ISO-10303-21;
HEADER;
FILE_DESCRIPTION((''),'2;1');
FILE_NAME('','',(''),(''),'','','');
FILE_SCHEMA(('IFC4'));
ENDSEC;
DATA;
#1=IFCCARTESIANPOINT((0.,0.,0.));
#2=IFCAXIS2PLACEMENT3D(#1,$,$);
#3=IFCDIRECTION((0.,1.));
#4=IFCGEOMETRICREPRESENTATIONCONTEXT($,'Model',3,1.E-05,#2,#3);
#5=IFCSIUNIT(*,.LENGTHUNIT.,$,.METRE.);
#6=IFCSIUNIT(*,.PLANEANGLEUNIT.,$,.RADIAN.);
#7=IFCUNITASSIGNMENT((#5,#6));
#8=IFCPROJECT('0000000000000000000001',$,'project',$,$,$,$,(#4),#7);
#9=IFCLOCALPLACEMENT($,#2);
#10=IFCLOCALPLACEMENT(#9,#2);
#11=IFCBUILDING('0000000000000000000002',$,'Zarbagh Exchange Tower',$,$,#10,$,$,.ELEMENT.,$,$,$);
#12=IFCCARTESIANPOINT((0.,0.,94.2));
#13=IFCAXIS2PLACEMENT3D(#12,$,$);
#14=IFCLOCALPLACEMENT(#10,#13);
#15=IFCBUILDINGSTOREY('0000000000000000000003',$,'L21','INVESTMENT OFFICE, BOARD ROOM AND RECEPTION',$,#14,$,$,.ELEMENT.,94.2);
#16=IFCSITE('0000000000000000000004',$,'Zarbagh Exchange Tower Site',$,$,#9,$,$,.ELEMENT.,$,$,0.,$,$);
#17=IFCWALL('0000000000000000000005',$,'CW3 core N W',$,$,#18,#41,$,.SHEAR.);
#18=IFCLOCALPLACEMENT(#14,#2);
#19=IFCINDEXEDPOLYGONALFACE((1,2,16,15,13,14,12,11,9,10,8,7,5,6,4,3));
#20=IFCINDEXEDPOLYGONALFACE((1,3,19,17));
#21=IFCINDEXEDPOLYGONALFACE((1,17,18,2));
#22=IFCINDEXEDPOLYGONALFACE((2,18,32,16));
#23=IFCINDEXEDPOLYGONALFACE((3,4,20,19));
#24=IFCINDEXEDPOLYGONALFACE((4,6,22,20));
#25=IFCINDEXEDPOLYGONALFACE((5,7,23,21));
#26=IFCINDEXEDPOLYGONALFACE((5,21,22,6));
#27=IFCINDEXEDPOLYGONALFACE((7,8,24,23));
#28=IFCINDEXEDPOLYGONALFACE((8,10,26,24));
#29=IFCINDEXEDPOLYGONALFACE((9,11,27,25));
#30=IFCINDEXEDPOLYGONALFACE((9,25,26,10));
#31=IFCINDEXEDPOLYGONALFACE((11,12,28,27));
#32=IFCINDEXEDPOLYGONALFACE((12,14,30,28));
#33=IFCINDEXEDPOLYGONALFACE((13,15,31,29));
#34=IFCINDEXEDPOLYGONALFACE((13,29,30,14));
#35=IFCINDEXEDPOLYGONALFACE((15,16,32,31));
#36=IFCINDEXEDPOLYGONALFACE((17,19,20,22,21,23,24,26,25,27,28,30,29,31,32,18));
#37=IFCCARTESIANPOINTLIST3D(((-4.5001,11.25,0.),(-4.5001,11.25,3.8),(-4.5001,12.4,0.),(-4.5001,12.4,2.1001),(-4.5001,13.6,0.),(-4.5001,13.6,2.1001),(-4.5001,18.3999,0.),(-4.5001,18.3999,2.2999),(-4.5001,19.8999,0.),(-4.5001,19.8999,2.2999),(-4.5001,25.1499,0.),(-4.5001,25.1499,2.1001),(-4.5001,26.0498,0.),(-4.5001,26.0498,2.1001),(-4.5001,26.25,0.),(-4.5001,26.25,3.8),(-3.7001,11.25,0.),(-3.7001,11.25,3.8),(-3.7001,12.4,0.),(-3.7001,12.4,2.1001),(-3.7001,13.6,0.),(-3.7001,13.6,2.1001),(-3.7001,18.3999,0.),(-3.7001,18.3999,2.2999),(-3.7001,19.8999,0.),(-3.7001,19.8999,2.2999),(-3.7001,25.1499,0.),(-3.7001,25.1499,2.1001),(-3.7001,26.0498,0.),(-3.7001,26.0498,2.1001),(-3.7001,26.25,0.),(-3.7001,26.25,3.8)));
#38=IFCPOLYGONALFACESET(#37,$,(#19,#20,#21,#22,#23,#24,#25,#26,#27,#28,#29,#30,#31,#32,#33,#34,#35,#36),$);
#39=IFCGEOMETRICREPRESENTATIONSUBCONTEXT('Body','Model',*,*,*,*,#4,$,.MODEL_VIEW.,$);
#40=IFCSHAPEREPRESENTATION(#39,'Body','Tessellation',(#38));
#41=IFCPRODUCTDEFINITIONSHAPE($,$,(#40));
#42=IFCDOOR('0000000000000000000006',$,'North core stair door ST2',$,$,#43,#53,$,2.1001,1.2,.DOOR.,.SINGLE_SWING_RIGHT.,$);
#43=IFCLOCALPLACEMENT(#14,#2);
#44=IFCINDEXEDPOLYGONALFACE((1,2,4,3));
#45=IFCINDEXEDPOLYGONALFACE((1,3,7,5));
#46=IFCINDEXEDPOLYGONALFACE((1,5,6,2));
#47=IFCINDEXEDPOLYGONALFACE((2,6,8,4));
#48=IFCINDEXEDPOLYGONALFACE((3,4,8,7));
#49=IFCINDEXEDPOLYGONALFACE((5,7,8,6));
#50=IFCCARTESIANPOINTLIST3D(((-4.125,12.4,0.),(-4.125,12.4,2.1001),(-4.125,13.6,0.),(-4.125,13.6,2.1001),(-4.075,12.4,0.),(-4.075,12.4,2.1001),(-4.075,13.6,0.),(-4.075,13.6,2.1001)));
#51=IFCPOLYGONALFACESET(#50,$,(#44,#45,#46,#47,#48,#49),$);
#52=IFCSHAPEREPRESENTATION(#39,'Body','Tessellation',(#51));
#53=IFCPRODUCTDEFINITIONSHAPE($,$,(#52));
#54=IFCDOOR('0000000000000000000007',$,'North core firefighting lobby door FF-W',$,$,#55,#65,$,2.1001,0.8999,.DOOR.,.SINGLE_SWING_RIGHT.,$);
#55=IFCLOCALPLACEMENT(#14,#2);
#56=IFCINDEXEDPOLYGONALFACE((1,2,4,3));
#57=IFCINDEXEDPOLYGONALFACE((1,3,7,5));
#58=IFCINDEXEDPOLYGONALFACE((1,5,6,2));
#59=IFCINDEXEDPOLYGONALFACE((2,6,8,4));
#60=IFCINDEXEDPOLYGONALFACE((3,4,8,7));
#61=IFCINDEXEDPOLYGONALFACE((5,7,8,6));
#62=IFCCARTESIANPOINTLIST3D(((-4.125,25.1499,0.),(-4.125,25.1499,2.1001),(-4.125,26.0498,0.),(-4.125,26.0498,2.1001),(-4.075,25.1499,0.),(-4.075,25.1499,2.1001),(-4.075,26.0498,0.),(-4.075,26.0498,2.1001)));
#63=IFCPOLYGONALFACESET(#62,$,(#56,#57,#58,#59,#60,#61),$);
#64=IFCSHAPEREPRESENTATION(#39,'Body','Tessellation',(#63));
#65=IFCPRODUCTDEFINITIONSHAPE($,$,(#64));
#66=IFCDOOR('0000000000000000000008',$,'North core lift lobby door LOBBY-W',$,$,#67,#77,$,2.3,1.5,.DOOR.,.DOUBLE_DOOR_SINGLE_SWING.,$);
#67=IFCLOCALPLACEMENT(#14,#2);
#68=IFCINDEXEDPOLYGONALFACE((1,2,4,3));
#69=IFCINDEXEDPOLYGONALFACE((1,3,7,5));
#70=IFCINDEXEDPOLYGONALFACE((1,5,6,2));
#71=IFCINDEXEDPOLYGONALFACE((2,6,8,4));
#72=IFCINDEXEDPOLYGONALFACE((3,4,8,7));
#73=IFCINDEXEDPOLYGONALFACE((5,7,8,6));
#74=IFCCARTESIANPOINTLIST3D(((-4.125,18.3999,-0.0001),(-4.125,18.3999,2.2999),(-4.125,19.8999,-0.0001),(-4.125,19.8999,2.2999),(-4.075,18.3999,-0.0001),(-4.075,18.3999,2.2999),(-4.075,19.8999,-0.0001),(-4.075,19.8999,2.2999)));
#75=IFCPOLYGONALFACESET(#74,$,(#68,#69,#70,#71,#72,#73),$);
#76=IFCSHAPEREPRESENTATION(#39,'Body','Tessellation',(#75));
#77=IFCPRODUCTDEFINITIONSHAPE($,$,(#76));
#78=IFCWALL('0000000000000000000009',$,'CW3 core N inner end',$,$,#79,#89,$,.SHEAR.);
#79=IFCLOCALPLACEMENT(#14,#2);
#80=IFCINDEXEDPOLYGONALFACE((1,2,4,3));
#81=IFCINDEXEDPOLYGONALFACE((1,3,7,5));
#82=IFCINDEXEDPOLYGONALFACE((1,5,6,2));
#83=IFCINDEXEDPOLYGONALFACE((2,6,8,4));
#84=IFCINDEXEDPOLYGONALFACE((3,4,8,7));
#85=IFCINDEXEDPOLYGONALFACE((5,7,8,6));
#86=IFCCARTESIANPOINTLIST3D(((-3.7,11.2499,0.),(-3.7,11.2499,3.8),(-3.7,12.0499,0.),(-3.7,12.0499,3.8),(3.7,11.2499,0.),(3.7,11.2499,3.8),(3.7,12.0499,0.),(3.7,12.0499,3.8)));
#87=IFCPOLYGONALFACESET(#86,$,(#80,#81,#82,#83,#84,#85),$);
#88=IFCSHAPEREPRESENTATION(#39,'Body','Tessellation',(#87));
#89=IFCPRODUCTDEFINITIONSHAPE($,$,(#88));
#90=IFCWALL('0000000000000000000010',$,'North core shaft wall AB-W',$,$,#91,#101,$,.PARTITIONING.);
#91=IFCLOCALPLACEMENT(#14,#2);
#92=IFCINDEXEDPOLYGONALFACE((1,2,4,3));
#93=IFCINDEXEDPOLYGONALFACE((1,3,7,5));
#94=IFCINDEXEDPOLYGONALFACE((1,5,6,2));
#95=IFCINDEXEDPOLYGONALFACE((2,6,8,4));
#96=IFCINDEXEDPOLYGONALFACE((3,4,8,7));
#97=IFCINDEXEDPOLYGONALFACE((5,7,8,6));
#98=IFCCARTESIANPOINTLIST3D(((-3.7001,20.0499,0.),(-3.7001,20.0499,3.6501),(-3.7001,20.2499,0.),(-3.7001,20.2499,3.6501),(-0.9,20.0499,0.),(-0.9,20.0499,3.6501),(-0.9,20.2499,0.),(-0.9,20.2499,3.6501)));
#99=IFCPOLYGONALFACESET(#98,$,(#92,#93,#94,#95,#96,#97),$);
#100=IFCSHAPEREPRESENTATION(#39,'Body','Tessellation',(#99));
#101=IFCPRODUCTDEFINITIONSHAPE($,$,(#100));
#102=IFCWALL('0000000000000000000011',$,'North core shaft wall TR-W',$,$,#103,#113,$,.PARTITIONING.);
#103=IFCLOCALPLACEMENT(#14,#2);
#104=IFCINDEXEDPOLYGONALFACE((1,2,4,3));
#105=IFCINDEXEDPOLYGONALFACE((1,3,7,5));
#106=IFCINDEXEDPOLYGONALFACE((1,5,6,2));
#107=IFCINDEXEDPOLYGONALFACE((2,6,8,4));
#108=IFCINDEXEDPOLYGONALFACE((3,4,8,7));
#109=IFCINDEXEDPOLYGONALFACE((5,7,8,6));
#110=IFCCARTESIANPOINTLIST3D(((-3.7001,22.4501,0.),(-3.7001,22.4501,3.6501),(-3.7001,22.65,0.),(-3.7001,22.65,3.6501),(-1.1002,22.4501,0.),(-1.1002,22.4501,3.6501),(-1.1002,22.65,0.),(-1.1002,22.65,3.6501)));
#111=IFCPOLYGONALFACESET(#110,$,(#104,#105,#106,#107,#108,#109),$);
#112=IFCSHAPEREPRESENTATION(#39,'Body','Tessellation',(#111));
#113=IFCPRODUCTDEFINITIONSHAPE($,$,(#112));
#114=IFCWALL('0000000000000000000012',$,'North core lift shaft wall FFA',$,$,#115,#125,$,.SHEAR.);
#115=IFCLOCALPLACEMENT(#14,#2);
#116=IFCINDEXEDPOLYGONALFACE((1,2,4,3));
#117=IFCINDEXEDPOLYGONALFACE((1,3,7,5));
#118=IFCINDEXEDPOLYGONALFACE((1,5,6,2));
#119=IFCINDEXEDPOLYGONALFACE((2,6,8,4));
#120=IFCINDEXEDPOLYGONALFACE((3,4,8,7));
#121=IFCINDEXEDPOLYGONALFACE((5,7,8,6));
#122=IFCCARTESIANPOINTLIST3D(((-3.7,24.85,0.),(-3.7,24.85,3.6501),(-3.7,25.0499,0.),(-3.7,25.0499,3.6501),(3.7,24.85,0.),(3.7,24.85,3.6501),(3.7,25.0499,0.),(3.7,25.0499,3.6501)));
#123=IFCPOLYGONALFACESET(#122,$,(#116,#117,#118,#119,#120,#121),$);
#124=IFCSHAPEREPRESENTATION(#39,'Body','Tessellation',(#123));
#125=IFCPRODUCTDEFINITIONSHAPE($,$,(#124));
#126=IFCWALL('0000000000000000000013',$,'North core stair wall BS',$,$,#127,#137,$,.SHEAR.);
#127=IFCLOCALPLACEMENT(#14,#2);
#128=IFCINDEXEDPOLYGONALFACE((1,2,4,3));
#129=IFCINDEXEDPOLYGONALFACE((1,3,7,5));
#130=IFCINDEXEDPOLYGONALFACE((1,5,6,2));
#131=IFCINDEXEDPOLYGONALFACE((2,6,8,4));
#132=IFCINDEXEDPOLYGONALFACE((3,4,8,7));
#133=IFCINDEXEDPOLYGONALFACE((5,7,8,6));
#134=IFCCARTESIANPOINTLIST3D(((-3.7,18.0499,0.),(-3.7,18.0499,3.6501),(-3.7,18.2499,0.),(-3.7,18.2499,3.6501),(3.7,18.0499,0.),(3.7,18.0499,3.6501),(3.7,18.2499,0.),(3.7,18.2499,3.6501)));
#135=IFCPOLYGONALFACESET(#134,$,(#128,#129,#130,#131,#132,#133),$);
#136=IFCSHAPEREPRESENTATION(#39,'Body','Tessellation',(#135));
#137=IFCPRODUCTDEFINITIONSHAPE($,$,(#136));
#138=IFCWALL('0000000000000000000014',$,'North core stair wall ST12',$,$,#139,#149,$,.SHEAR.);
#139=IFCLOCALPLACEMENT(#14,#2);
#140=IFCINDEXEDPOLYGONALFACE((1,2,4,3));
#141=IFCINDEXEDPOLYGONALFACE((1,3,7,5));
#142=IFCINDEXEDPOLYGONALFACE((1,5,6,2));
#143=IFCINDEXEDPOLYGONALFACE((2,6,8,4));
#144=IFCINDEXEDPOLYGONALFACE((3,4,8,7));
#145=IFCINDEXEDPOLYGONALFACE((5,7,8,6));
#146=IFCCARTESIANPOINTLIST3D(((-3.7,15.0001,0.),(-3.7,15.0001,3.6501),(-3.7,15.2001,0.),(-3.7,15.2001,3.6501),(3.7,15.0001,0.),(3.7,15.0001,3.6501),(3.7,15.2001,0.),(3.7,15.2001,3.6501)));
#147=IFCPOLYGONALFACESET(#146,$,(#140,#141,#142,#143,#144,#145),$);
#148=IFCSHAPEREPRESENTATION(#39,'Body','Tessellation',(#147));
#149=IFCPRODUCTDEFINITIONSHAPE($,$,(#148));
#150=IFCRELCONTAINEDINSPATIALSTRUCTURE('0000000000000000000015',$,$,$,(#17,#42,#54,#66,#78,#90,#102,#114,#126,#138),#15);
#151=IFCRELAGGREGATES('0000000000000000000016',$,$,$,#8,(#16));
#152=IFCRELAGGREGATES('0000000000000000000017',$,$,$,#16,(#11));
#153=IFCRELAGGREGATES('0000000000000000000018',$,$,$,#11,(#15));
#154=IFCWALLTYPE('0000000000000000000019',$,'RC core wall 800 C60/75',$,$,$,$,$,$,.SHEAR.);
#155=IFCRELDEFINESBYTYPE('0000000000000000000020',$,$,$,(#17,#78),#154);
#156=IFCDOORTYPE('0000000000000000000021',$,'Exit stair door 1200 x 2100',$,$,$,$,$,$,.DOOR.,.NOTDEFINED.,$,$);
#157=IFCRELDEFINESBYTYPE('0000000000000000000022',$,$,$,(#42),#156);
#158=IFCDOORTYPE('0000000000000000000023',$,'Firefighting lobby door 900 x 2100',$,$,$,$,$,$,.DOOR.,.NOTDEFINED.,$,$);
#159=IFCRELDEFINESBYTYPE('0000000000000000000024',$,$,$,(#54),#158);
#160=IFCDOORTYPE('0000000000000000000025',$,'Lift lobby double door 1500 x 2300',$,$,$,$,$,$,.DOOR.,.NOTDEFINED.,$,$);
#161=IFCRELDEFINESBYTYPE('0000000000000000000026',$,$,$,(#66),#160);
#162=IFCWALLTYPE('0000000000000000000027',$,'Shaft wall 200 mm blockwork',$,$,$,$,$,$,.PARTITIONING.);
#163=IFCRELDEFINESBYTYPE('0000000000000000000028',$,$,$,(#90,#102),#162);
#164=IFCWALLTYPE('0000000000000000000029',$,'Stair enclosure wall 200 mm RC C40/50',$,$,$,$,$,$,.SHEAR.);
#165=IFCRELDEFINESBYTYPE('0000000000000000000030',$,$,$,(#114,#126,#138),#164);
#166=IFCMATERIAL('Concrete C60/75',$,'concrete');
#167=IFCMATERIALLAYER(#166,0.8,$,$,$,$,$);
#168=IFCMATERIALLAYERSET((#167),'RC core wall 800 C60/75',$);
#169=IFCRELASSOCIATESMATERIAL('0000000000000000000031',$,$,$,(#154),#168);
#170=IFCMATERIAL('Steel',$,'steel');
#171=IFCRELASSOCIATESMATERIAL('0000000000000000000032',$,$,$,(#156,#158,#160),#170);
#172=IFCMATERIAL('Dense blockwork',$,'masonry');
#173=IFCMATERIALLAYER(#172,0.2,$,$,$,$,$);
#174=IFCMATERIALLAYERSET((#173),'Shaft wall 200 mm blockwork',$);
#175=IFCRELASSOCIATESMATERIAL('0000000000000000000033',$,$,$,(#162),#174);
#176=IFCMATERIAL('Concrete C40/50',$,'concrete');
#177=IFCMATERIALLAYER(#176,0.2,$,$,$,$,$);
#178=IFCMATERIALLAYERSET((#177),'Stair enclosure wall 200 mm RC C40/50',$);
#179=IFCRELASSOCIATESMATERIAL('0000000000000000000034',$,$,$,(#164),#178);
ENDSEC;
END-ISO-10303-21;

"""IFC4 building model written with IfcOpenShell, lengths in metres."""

from ifc_helpers import new_model, si_unit, direction, frame, frame_2d, origin, place, context, subcontext, project, spatial, rectangle, extrude, material, layer, layer_set, type_object, element, fill, save


model = new_model("IFC4")

# Units and contexts
model_context = context("Model", 3, precision=1e-05, world=origin(), true_north=direction((0.0, 1.0)))
body_context = subcontext(model_context, "Body", "Model", "MODEL_VIEW")
ifc_project = project(units=[si_unit("LENGTHUNIT", "METRE"), si_unit("PLANEANGLEUNIT", "RADIAN")], contexts=[model_context])

# Site, building, storey
site_placement = place(None, origin())
site = spatial("IfcSite", under=ifc_project, at=site_placement, Name="Zarbagh Exchange Tower Site", CompositionType="ELEMENT", RefElevation=0.0)
building_placement = place(site_placement, origin())
building = spatial("IfcBuilding", under=site, at=building_placement, Name="Zarbagh Exchange Tower", CompositionType="ELEMENT")
storey_placement = place(building_placement, frame((0.0, 0.0, 94.2)))
storey = spatial("IfcBuildingStorey", under=building, at=storey_placement, Name="L21", Description="INVESTMENT OFFICE, BOARD ROOM AND RECEPTION", CompositionType="ELEMENT", Elevation=94.2)

# Shared definitions
ifc_material_1 = material(Name="Concrete C60/75", Category="concrete")

# Wall, openings, doors
ifc_layer_1 = layer(ifc_material_1, 0.8)
ifc_layer_set_1 = layer_set([ifc_layer_1], Name="RC core wall 800 C60/75")
wall_type_1 = type_object("IfcWallType", Name="RC core wall 800 C60/75", PredefinedType="SHEAR", material=ifc_layer_set_1)
wall_1_placement = place(storey_placement, frame((-4.1001, 11.25, 0.0), z_axis=(0.0, 0.0, 1.0), x_axis=(0.0, 1.0, 0.0)))
wall_1 = element("IfcWall", 1, at=wall_1_placement, inside=storey, type_object=wall_type_1, Name="CW3 core N W", PredefinedType="SHEAR", context=body_context, shape_type="SweptSolid", body=[
    extrude(rectangle(XDim=15.0, YDim=0.8, at=frame_2d((7.5, 0.0))), origin(), (0.0, 0.0, 1.0), 3.8),
])
opening_1_placement = place(wall_1_placement, frame((7.1499, 0.0, 0.0)))
opening_1 = element("IfcOpeningElement", 2, at=opening_1_placement, cuts=wall_1, PredefinedType="OPENING", context=body_context, shape_type="SweptSolid", body=[
    extrude(rectangle(XDim=1.5, YDim=2.3, at=frame_2d((0.75, 1.1499))), frame((0.0, 0.4099, 0.0), z_axis=(0.0, -1.0, 0.0), x_axis=(1.0, 0.0, 0.0)), (0.0, 0.0, 1.0), 0.8201),
])
opening_2_placement = place(wall_1_placement, frame((13.8999, 0.0, 0.0)))
opening_2 = element("IfcOpeningElement", 3, at=opening_2_placement, cuts=wall_1, PredefinedType="OPENING", context=body_context, shape_type="SweptSolid", body=[
    extrude(rectangle(XDim=0.8999, YDim=2.1001, at=frame_2d((0.45, 1.05))), frame((0.0, 0.4099, 0.0), z_axis=(0.0, -1.0, 0.0), x_axis=(1.0, 0.0, 0.0)), (0.0, 0.0, 1.0), 0.8201),
])
opening_3_placement = place(wall_1_placement, frame((1.1499, 0.0, 0.0)))
opening_3 = element("IfcOpeningElement", 4, at=opening_3_placement, cuts=wall_1, PredefinedType="OPENING", context=body_context, shape_type="SweptSolid", body=[
    extrude(rectangle(XDim=1.2, YDim=2.1001, at=frame_2d((0.6001, 1.05))), frame((0.0, 0.4099, 0.0), z_axis=(0.0, -1.0, 0.0), x_axis=(1.0, 0.0, 0.0)), (0.0, 0.0, 1.0), 0.8201),
])
ifc_material_2 = material(Name="Steel", Category="steel")
door_type_1 = type_object("IfcDoorType", Name="Exit stair door 1200 x 2100", OperationType="NOTDEFINED", PredefinedType="DOOR", material=ifc_material_2)
door_1_placement = place(opening_3_placement, origin())
door_1 = element("IfcDoor", 5, at=door_1_placement, inside=storey, type_object=door_type_1, Name="North core stair door ST2", OperationType="SINGLE_SWING_RIGHT", OverallHeight=2.1001, OverallWidth=1.2, PredefinedType="DOOR", context=body_context, shape_type="SweptSolid", body=[
    extrude(rectangle(XDim=1.2, YDim=2.1001, at=frame_2d((0.6001, 1.05))), frame((0.0, 0.0249, 0.0), z_axis=(0.0, -1.0, 0.0), x_axis=(1.0, 0.0, 0.0)), (0.0, 0.0, 1.0), 0.05),
])
fill(opening_3, door_1)
door_type_2 = type_object("IfcDoorType", Name="Firefighting lobby door 900 x 2100", OperationType="NOTDEFINED", PredefinedType="DOOR", material=ifc_material_2)
door_2_placement = place(opening_2_placement, origin())
door_2 = element("IfcDoor", 6, at=door_2_placement, inside=storey, type_object=door_type_2, Name="North core firefighting lobby door FF-W", OperationType="SINGLE_SWING_RIGHT", OverallHeight=2.1001, OverallWidth=0.8999, PredefinedType="DOOR", context=body_context, shape_type="SweptSolid", body=[
    extrude(rectangle(XDim=0.8999, YDim=2.1001, at=frame_2d((0.45, 1.05))), frame((0.0, 0.0249, 0.0), z_axis=(0.0, -1.0, 0.0), x_axis=(1.0, 0.0, 0.0)), (0.0, 0.0, 1.0), 0.05),
])
fill(opening_2, door_2)
door_type_3 = type_object("IfcDoorType", Name="Lift lobby double door 1500 x 2300", OperationType="NOTDEFINED", PredefinedType="DOOR", material=ifc_material_2)
door_3_placement = place(opening_1_placement, origin())
door_3 = element("IfcDoor", 7, at=door_3_placement, inside=storey, type_object=door_type_3, Name="North core lift lobby door LOBBY-W", OperationType="DOUBLE_DOOR_SINGLE_SWING", OverallHeight=2.3, OverallWidth=1.5, PredefinedType="DOOR", context=body_context, shape_type="SweptSolid", body=[
    extrude(rectangle(XDim=1.5, YDim=2.3, at=frame_2d((0.75, 1.1499))), frame((0.0, 0.0249, 0.0), z_axis=(0.0, -1.0, 0.0), x_axis=(1.0, 0.0, 0.0)), (0.0, 0.0, 1.0), 0.05),
])
fill(opening_1, door_3)

# Walls
wall_2_placement = place(storey_placement, frame((-3.7, 11.6499, 0.0), z_axis=(0.0, 0.0, 1.0), x_axis=(1.0, 0.0, 0.0)))
element("IfcWall", 8, at=wall_2_placement, inside=storey, type_object=wall_type_1, Name="CW3 core N inner end", PredefinedType="SHEAR", context=body_context, shape_type="SweptSolid", body=[
    extrude(rectangle(XDim=7.3999, YDim=0.8, at=frame_2d((3.7, 0.0))), origin(), (0.0, 0.0, 1.0), 3.8),
])
ifc_material_3 = material(Name="Dense blockwork", Category="masonry")
ifc_layer_2 = layer(ifc_material_3, 0.2)
ifc_layer_set_2 = layer_set([ifc_layer_2], Name="Shaft wall 200 mm blockwork")
wall_type_2 = type_object("IfcWallType", Name="Shaft wall 200 mm blockwork", PredefinedType="PARTITIONING", material=ifc_layer_set_2)
wall_3_placement = place(storey_placement, frame((-3.7, 20.1499, 0.0), z_axis=(0.0, 0.0, 1.0), x_axis=(1.0, 0.0, 0.0)))
element("IfcWall", 9, at=wall_3_placement, inside=storey, type_object=wall_type_2, Name="North core shaft wall AB-W", PredefinedType="PARTITIONING", context=body_context, shape_type="SweptSolid", body=[
    extrude(rectangle(XDim=2.8, YDim=0.2, at=frame_2d((1.3999, 0.0))), origin(), (0.0, 0.0, 1.0), 3.6501),
])
wall_4_placement = place(storey_placement, frame((-3.7, 22.55, 0.0), z_axis=(0.0, 0.0, 1.0), x_axis=(1.0, 0.0, 0.0)))
element("IfcWall", 10, at=wall_4_placement, inside=storey, type_object=wall_type_2, Name="North core shaft wall TR-W", PredefinedType="PARTITIONING", context=body_context, shape_type="SweptSolid", body=[
    extrude(rectangle(XDim=2.5999, YDim=0.2, at=frame_2d((1.2998, 0.0))), origin(), (0.0, 0.0, 1.0), 3.6501),
])
ifc_material_4 = material(Name="Concrete C40/50", Category="concrete")
ifc_layer_3 = layer(ifc_material_4, 0.2)
ifc_layer_set_3 = layer_set([ifc_layer_3], Name="Stair enclosure wall 200 mm RC C40/50")
wall_type_3 = type_object("IfcWallType", Name="Stair enclosure wall 200 mm RC C40/50", PredefinedType="SHEAR", material=ifc_layer_set_3)
for number, where, z_axis, x_axis, name in (
    (11, (-3.7, 24.95, 0.0), (0.0, 0.0, 1.0), (1.0, 0.0, 0.0), "North core lift shaft wall FFA"),
    (12, (-3.7, 18.1499, 0.0), (0.0, 0.0, 1.0), (1.0, 0.0, 0.0), "North core stair wall BS"),
    (13, (-3.7, 15.1001, 0.0), (0.0, 0.0, 1.0), (1.0, 0.0, 0.0), "North core stair wall ST12"),
):
    element("IfcWall", number, at=place(storey_placement, frame(where, z_axis=z_axis, x_axis=x_axis)), inside=storey, type_object=wall_type_3, Name=name, PredefinedType="SHEAR", context=body_context, shape_type="SweptSolid", body=[
        extrude(rectangle(XDim=7.3999, YDim=0.2, at=frame_2d((3.7, 0.0))), origin(), (0.0, 0.0, 1.0), 3.6501),
    ])

save(model, "model.ifc")
